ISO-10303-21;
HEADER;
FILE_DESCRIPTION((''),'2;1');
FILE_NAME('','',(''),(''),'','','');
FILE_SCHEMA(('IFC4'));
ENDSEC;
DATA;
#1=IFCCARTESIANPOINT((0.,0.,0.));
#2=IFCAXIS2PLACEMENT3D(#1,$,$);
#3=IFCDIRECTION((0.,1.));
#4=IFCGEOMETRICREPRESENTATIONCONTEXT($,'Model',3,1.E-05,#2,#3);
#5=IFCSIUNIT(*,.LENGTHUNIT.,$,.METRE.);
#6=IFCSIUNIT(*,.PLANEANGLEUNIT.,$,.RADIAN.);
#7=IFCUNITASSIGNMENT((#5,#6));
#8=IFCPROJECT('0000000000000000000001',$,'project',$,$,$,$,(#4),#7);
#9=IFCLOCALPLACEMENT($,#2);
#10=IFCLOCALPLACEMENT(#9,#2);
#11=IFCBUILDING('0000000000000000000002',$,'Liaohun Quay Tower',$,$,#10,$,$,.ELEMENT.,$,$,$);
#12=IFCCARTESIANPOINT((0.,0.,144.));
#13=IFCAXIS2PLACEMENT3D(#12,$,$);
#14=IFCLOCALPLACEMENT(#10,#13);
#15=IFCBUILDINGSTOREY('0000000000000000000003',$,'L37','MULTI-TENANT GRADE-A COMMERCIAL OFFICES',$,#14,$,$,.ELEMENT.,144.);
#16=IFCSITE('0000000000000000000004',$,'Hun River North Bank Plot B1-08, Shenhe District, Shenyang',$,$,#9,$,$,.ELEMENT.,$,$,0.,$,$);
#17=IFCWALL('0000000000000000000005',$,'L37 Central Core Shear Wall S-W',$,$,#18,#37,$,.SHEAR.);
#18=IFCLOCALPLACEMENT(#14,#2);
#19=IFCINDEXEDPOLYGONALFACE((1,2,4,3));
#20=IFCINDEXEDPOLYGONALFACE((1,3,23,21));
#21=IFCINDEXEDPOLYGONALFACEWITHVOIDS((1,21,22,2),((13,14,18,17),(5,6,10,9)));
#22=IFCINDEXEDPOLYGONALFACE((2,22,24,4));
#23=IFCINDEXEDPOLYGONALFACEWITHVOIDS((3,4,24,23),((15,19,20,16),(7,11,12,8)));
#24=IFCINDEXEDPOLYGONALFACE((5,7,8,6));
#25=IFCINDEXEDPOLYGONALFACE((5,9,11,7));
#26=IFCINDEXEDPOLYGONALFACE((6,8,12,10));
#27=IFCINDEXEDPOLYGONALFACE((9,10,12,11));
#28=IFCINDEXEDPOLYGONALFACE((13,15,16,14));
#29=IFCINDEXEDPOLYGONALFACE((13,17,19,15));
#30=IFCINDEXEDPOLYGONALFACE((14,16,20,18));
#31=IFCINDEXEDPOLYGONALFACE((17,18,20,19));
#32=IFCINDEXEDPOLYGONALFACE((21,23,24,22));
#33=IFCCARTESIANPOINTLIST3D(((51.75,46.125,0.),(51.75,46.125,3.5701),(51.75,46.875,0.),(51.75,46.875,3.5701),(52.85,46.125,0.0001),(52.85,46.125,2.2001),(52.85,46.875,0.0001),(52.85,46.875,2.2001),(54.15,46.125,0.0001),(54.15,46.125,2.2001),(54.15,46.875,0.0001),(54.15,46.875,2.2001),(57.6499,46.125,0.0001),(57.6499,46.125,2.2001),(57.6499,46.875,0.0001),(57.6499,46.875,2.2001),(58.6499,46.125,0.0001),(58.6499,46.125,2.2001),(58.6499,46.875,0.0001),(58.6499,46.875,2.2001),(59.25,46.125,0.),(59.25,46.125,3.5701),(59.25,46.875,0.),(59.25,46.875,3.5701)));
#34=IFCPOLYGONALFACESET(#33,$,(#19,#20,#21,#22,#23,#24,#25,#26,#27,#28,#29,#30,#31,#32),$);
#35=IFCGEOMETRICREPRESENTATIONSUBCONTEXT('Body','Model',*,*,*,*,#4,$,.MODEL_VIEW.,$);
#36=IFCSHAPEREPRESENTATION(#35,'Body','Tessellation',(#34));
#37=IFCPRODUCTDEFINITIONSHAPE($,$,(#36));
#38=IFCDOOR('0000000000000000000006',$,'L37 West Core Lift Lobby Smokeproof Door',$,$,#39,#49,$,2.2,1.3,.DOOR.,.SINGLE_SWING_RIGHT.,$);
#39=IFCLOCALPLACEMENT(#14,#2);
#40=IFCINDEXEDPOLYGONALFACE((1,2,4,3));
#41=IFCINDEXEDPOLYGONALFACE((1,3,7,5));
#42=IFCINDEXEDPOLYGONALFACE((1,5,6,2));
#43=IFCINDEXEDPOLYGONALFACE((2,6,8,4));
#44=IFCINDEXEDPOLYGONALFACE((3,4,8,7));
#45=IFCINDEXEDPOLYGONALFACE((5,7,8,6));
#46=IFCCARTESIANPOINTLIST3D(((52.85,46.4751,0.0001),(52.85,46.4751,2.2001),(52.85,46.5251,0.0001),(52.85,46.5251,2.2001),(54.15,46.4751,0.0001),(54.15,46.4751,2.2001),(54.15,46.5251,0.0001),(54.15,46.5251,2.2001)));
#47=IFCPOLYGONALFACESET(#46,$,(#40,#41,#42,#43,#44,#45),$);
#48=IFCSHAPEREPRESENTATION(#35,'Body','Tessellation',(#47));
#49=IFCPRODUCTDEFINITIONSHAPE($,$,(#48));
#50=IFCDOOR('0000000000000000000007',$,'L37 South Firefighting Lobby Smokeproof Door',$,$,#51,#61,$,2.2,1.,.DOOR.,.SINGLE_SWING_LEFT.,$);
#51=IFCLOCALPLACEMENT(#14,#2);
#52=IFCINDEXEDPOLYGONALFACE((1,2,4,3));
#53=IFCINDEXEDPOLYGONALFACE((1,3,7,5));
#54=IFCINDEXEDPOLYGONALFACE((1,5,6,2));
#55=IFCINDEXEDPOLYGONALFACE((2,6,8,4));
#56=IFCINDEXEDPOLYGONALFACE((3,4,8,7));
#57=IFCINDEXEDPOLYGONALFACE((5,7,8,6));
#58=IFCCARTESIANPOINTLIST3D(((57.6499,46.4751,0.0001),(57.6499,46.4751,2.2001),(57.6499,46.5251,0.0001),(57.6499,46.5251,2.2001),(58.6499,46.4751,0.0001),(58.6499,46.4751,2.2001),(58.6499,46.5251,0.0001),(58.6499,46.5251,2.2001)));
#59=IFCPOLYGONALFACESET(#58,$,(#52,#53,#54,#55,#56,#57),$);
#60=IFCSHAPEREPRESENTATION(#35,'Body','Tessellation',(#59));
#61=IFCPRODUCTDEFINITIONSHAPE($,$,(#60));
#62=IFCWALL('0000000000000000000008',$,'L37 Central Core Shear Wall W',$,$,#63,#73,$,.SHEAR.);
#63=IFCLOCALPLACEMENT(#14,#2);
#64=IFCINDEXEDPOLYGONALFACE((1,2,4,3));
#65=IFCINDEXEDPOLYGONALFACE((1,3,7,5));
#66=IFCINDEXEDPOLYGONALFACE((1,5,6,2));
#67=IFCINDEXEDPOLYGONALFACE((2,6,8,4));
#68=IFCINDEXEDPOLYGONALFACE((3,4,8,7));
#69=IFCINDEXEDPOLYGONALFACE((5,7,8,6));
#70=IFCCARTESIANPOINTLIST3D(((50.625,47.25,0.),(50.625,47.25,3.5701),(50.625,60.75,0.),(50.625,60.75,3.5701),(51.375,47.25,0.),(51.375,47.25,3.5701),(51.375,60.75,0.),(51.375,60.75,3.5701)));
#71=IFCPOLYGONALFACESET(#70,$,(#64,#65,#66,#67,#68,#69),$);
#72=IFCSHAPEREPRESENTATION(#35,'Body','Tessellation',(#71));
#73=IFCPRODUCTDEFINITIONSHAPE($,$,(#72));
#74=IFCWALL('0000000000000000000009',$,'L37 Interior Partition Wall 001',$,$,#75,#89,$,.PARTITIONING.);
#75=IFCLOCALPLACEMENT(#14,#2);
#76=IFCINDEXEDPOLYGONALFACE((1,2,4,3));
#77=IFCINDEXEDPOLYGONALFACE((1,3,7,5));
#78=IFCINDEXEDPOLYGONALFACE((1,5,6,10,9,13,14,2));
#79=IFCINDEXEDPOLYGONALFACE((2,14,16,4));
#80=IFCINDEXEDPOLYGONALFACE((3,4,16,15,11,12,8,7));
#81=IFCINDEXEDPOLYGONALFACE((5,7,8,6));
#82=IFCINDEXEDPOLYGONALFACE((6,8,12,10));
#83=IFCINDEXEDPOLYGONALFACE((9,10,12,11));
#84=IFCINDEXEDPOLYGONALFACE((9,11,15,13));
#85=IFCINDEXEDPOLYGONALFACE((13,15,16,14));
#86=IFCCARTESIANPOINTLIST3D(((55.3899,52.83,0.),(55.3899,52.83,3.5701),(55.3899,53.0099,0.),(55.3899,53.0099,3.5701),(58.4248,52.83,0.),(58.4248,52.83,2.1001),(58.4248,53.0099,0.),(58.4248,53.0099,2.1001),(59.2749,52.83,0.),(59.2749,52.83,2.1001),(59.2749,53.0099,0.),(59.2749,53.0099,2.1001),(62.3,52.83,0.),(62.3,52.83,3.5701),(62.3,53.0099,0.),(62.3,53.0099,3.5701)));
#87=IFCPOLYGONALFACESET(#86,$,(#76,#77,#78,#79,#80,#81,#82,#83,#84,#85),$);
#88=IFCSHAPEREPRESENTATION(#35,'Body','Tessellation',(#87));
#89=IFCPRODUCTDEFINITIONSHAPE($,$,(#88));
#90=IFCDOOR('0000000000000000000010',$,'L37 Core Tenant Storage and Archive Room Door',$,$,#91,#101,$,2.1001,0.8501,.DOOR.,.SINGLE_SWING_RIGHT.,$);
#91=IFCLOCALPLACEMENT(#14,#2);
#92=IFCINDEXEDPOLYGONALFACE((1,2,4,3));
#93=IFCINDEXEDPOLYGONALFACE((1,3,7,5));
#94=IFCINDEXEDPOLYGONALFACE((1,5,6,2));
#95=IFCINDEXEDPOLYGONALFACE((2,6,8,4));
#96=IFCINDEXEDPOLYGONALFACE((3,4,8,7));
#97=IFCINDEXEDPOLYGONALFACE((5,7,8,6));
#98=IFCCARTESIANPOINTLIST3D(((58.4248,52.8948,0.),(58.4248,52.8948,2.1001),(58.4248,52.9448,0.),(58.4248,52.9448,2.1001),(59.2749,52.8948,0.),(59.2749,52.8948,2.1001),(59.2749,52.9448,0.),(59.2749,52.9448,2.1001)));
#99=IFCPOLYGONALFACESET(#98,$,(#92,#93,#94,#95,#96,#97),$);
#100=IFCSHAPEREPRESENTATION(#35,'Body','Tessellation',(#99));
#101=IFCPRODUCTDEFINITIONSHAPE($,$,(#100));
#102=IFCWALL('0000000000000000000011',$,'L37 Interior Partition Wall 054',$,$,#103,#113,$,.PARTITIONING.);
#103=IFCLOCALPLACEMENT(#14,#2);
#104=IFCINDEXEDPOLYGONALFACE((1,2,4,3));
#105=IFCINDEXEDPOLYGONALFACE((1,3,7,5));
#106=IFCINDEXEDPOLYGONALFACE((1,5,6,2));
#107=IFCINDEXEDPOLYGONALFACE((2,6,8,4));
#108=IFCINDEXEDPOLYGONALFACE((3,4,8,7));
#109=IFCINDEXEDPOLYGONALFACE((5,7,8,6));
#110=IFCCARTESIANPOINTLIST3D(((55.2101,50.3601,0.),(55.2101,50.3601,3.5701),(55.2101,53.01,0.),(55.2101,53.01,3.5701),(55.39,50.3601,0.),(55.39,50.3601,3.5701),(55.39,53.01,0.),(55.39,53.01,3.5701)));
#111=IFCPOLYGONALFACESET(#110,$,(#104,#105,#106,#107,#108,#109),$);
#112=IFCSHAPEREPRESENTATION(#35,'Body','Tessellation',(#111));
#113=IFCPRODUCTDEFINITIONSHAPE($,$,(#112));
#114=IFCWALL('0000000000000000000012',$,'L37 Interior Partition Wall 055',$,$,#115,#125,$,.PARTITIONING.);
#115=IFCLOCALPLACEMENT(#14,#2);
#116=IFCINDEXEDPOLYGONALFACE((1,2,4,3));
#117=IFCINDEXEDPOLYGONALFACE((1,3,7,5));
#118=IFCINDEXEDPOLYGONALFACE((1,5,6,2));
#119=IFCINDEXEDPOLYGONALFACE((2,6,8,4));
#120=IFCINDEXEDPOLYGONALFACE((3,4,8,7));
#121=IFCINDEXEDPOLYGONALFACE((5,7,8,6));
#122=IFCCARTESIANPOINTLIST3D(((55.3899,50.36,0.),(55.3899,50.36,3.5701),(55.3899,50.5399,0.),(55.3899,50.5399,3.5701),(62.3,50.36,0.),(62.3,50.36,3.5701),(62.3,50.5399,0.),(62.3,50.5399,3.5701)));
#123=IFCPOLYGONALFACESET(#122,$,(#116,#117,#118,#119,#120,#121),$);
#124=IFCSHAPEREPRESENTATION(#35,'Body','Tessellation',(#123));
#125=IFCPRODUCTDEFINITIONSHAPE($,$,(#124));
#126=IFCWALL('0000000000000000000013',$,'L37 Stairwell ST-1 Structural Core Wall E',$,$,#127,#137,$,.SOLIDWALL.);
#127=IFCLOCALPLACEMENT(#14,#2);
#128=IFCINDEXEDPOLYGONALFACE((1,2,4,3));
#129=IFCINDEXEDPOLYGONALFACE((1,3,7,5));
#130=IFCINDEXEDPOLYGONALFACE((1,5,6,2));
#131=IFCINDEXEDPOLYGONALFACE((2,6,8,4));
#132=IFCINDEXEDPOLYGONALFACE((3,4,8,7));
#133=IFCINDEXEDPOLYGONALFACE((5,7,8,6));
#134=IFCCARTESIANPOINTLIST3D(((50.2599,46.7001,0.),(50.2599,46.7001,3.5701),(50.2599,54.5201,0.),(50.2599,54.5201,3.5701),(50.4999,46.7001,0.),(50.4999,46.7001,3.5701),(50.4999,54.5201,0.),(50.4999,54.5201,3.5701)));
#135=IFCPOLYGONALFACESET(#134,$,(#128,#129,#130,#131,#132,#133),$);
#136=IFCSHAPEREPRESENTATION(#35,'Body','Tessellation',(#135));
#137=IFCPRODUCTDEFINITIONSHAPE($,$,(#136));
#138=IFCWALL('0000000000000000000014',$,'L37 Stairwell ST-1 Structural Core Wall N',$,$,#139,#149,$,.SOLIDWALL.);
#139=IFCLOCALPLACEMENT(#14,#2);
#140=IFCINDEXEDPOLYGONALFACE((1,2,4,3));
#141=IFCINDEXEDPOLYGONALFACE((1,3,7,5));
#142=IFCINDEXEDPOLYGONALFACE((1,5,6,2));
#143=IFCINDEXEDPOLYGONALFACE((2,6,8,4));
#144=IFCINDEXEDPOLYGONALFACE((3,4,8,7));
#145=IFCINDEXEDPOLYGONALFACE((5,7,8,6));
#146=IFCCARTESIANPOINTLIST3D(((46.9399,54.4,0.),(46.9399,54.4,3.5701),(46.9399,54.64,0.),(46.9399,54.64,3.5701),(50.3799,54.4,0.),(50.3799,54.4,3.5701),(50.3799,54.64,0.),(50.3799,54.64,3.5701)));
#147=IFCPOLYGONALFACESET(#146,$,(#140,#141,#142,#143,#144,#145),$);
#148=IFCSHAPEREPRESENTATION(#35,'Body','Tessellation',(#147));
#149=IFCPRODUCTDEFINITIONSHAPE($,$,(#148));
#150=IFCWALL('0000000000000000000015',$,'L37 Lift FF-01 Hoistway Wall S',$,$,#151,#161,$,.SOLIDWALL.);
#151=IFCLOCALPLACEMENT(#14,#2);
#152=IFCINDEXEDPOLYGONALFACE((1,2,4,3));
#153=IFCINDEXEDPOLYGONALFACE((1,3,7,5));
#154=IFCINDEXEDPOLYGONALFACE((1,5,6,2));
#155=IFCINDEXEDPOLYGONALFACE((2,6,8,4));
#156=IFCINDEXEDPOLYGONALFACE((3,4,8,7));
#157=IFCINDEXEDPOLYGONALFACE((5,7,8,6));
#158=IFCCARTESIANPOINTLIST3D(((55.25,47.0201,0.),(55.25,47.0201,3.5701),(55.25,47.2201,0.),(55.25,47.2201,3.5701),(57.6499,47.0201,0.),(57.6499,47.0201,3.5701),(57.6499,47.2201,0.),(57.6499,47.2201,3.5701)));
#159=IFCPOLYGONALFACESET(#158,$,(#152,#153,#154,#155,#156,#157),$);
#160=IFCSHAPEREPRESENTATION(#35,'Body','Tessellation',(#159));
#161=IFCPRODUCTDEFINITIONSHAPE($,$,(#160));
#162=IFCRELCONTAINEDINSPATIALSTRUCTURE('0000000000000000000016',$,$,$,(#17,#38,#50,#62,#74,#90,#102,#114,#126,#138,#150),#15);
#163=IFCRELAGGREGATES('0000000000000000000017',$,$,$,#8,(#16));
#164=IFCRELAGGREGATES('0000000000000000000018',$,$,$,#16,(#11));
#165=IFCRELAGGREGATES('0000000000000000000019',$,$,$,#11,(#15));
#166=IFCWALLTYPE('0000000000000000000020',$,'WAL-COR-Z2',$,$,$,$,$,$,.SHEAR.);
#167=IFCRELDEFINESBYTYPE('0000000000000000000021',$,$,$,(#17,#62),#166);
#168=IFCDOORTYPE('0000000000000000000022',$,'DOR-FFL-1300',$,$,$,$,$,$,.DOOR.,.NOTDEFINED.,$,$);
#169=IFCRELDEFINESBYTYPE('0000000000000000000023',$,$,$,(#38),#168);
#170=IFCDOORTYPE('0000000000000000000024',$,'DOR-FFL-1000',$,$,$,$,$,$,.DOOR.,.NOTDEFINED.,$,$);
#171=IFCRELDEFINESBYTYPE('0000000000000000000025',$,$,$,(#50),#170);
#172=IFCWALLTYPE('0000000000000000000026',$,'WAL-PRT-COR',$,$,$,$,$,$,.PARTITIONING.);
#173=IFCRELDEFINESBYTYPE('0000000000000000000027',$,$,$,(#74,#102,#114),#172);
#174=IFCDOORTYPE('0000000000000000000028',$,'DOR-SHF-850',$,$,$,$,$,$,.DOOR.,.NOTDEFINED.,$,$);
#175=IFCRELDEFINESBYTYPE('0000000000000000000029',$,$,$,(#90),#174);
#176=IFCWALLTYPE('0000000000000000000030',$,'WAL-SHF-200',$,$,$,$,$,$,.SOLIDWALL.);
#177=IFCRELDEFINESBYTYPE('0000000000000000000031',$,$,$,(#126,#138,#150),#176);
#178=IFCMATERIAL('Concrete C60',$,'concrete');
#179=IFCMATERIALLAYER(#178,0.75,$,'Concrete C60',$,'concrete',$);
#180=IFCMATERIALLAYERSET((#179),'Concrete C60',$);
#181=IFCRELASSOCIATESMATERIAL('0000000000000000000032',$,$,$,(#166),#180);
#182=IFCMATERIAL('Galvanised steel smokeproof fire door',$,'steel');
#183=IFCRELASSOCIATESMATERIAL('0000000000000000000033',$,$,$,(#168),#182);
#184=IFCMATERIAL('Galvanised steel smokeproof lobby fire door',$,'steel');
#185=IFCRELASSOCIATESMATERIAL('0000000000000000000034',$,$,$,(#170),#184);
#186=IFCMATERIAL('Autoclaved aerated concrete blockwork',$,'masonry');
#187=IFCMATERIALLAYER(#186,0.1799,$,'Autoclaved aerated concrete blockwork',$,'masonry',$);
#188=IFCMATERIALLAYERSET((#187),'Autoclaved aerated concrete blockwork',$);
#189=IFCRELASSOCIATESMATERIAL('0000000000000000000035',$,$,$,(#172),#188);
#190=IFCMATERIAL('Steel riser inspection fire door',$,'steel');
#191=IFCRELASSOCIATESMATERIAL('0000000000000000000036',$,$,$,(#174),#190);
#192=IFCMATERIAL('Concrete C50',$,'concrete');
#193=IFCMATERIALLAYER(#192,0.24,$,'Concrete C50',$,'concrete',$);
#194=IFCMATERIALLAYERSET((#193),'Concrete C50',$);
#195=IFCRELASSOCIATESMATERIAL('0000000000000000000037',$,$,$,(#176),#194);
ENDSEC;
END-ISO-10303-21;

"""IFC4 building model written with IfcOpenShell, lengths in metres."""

from ifc_helpers import new_model, si_unit, direction, frame, frame_2d, origin, place, context, subcontext, project, spatial, rectangle, extrude, source, transform, mapped, material, layer, layer_set, type_object, element, fill, save


model = new_model("IFC4")

# Units and contexts
model_context = context("Model", 3, precision=1e-05, world=origin(), true_north=direction((0.0, 1.0)))
body_context = subcontext(model_context, "Body", "Model", "MODEL_VIEW")
ifc_project = project(units=[si_unit("LENGTHUNIT", "METRE"), si_unit("PLANEANGLEUNIT", "RADIAN")], contexts=[model_context])

# Site, building, storey
site_placement = place(None, origin())
site = spatial("IfcSite", under=ifc_project, at=site_placement, Name="Hun River North Bank Plot B1-08, Shenhe District, Shenyang", CompositionType="ELEMENT", RefElevation=0.0)
building_placement = place(site_placement, origin())
building = spatial("IfcBuilding", under=site, at=building_placement, Name="Liaohun Quay Tower", CompositionType="ELEMENT")
storey_placement = place(building_placement, frame((0.0, 0.0, 144.0)))
storey = spatial("IfcBuildingStorey", under=building, at=storey_placement, Name="L37", Description="MULTI-TENANT GRADE-A COMMERCIAL OFFICES", CompositionType="ELEMENT", Elevation=144.0)

# Wall, openings, doors
ifc_material_1 = material(Name="Concrete C60", Category="concrete")
ifc_layer_1 = layer(ifc_material_1, 0.75, Name="Concrete C60", Category="concrete")
ifc_layer_set_1 = layer_set([ifc_layer_1], Name="Concrete C60")
wall_type_1 = type_object("IfcWallType", Name="WAL-COR-Z2", PredefinedType="SHEAR", material=ifc_layer_set_1)
wall_1_placement = place(storey_placement, frame((59.25, 46.5, 0.0), z_axis=(0.0, 0.0, 1.0), x_axis=(-1.0, 0.0, 0.0)))
wall_1 = element("IfcWall", 1, at=wall_1_placement, inside=storey, type_object=wall_type_1, Name="L37 Central Core Shear Wall S-W", PredefinedType="SHEAR", context=body_context, shape_type="SweptSolid", body=[
    extrude(rectangle(XDim=7.5, YDim=0.75, at=frame_2d((3.75, 0.0))), origin(), (0.0, 0.0, 1.0), 3.5701),
])
shared_shape_1 = source(origin(), body_context, "Body", "SweptSolid", [
    extrude(rectangle(XDim=1.3, YDim=2.2, at=frame_2d((0.6499, 1.1001))), frame((0.0, 0.385, 0.0), z_axis=(0.0, -1.0, 0.0), x_axis=(1.0, 0.0, 0.0)), (0.0, 0.0, 1.0), 0.77),
])
opening_1_placement = place(wall_1_placement, frame((5.1001, 0.0, 0.0)))
opening_1 = element("IfcOpeningElement", 2, at=opening_1_placement, cuts=wall_1, PredefinedType="OPENING", context=body_context, shape_type="MappedRepresentation", body=[
    mapped(shared_shape_1, transform((0.0, 0.0, 0.0), x_axis=(1.0, 0.0, 0.0), y_axis=(0.0, 1.0, 0.0), z_axis=(0.0, 0.0, 1.0), scale=1.0)),
])
shared_shape_2 = source(origin(), body_context, "Body", "SweptSolid", [
    extrude(rectangle(XDim=1.0, YDim=2.2, at=frame_2d((0.5, 1.1001))), frame((0.0, 0.385, 0.0), z_axis=(0.0, -1.0, 0.0), x_axis=(1.0, 0.0, 0.0)), (0.0, 0.0, 1.0), 0.77),
])
opening_2_placement = place(wall_1_placement, frame((0.6001, 0.0, 0.0)))
opening_2 = element("IfcOpeningElement", 3, at=opening_2_placement, cuts=wall_1, PredefinedType="OPENING", context=body_context, shape_type="MappedRepresentation", body=[
    mapped(shared_shape_2, transform((0.0, 0.0, 0.0), x_axis=(1.0, 0.0, 0.0), y_axis=(0.0, 1.0, 0.0), z_axis=(0.0, 0.0, 1.0), scale=1.0)),
])
ifc_material_2 = material(Name="Galvanised steel smokeproof fire door", Category="steel")
door_type_1 = type_object("IfcDoorType", Name="DOR-FFL-1300", OperationType="NOTDEFINED", PredefinedType="DOOR", material=ifc_material_2)
shared_shape_3 = source(origin(), body_context, "Body", "SweptSolid", [
    extrude(rectangle(XDim=1.3, YDim=2.2, at=frame_2d((0.6499, 1.1001))), frame((0.0, 0.0249, 0.0), z_axis=(0.0, -1.0, 0.0), x_axis=(1.0, 0.0, 0.0)), (0.0, 0.0, 1.0), 0.05),
])
door_1_placement = place(opening_1_placement, origin())
door_1 = element("IfcDoor", 4, at=door_1_placement, inside=storey, type_object=door_type_1, Name="L37 West Core Lift Lobby Smokeproof Door", OperationType="SINGLE_SWING_RIGHT", OverallHeight=2.2, OverallWidth=1.3, PredefinedType="DOOR", context=body_context, shape_type="MappedRepresentation", body=[
    mapped(shared_shape_3, transform((0.0, 0.0, 0.0), x_axis=(1.0, 0.0, 0.0), y_axis=(0.0, 1.0, 0.0), z_axis=(0.0, 0.0, 1.0), scale=1.0)),
])
fill(opening_1, door_1)
ifc_material_3 = material(Name="Galvanised steel smokeproof lobby fire door", Category="steel")
door_type_2 = type_object("IfcDoorType", Name="DOR-FFL-1000", OperationType="NOTDEFINED", PredefinedType="DOOR", material=ifc_material_3)
shared_shape_4 = source(origin(), body_context, "Body", "SweptSolid", [
    extrude(rectangle(XDim=1.0, YDim=2.2, at=frame_2d((0.5, 1.1001))), frame((0.0, 0.0249, 0.0), z_axis=(0.0, -1.0, 0.0), x_axis=(1.0, 0.0, 0.0)), (0.0, 0.0, 1.0), 0.05),
])
door_2_placement = place(opening_2_placement, origin())
door_2 = element("IfcDoor", 5, at=door_2_placement, inside=storey, type_object=door_type_2, Name="L37 South Firefighting Lobby Smokeproof Door", OperationType="SINGLE_SWING_LEFT", OverallHeight=2.2, OverallWidth=1.0, PredefinedType="DOOR", context=body_context, shape_type="MappedRepresentation", body=[
    mapped(shared_shape_4, transform((0.0, 0.0, 0.0), x_axis=(1.0, 0.0, 0.0), y_axis=(0.0, 1.0, 0.0), z_axis=(0.0, 0.0, 1.0), scale=1.0)),
])
fill(opening_2, door_2)

# Wall
wall_2_placement = place(storey_placement, frame((51.0, 47.25, 0.0), z_axis=(0.0, 0.0, 1.0), x_axis=(0.0, 1.0, 0.0)))
element("IfcWall", 6, at=wall_2_placement, inside=storey, type_object=wall_type_1, Name="L37 Central Core Shear Wall W", PredefinedType="SHEAR", context=body_context, shape_type="SweptSolid", body=[
    extrude(rectangle(XDim=13.5, YDim=0.75, at=frame_2d((6.75, 0.0))), origin(), (0.0, 0.0, 1.0), 3.5701),
])

# Wall, opening, door
ifc_material_4 = material(Name="Autoclaved aerated concrete blockwork", Category="masonry")
ifc_layer_2 = layer(ifc_material_4, 0.1799, Name="Autoclaved aerated concrete blockwork", Category="masonry")
ifc_layer_set_2 = layer_set([ifc_layer_2], Name="Autoclaved aerated concrete blockwork")
wall_type_2 = type_object("IfcWallType", Name="WAL-PRT-COR", PredefinedType="PARTITIONING", material=ifc_layer_set_2)
wall_3_placement = place(storey_placement, frame((55.3899, 52.9199, 0.0), z_axis=(0.0, 0.0, 1.0), x_axis=(1.0, 0.0, 0.0)))
wall_3 = element("IfcWall", 7, at=wall_3_placement, inside=storey, type_object=wall_type_2, Name="L37 Interior Partition Wall 001", PredefinedType="PARTITIONING", context=body_context, shape_type="SweptSolid", body=[
    extrude(rectangle(XDim=6.9102, YDim=0.1799, at=frame_2d((3.4551, 0.0))), origin(), (0.0, 0.0, 1.0), 3.5701),
])
shared_shape_5 = source(origin(), body_context, "Body", "SweptSolid", [
    extrude(rectangle(XDim=0.8501, YDim=2.1001, at=frame_2d((0.425, 1.05))), frame((0.0, 0.0999, 0.0), z_axis=(0.0, -1.0, 0.0), x_axis=(1.0, 0.0, 0.0)), (0.0, 0.0, 1.0), 0.2),
])
opening_3_placement = place(wall_3_placement, frame((3.0349, 0.0, 0.0)))
opening_3 = element("IfcOpeningElement", 8, at=opening_3_placement, cuts=wall_3, PredefinedType="OPENING", context=body_context, shape_type="MappedRepresentation", body=[
    mapped(shared_shape_5, transform((0.0, 0.0, 0.0), x_axis=(1.0, 0.0, 0.0), y_axis=(0.0, 1.0, 0.0), z_axis=(0.0, 0.0, 1.0), scale=1.0)),
])
ifc_material_5 = material(Name="Steel riser inspection fire door", Category="steel")
door_type_3 = type_object("IfcDoorType", Name="DOR-SHF-850", OperationType="NOTDEFINED", PredefinedType="DOOR", material=ifc_material_5)
shared_shape_6 = source(origin(), body_context, "Body", "SweptSolid", [
    extrude(rectangle(XDim=0.8501, YDim=2.1001, at=frame_2d((0.425, 1.05))), frame((0.0, 0.0249, 0.0), z_axis=(0.0, -1.0, 0.0), x_axis=(1.0, 0.0, 0.0)), (0.0, 0.0, 1.0), 0.05),
])
door_3_placement = place(opening_3_placement, origin())
door_3 = element("IfcDoor", 9, at=door_3_placement, inside=storey, type_object=door_type_3, Name="L37 Core Tenant Storage and Archive Room Door", OperationType="SINGLE_SWING_RIGHT", OverallHeight=2.1001, OverallWidth=0.8501, PredefinedType="DOOR", context=body_context, shape_type="MappedRepresentation", body=[
    mapped(shared_shape_6, transform((0.0, 0.0, 0.0), x_axis=(1.0, 0.0, 0.0), y_axis=(0.0, 1.0, 0.0), z_axis=(0.0, 0.0, 1.0), scale=1.0)),
])
fill(opening_3, door_3)

# Walls
wall_4_placement = place(storey_placement, frame((55.3, 50.3601, 0.0), z_axis=(0.0, 0.0, 1.0), x_axis=(0.0, 1.0, 0.0)))
element("IfcWall", 10, at=wall_4_placement, inside=storey, type_object=wall_type_2, Name="L37 Interior Partition Wall 054", PredefinedType="PARTITIONING", context=body_context, shape_type="SweptSolid", body=[
    extrude(rectangle(XDim=2.6499, YDim=0.1799, at=frame_2d((1.325, 0.0))), origin(), (0.0, 0.0, 1.0), 3.5701),
])
wall_5_placement = place(storey_placement, frame((55.3899, 50.45, 0.0), z_axis=(0.0, 0.0, 1.0), x_axis=(1.0, 0.0, 0.0)))
element("IfcWall", 11, at=wall_5_placement, inside=storey, type_object=wall_type_2, Name="L37 Interior Partition Wall 055", PredefinedType="PARTITIONING", context=body_context, shape_type="SweptSolid", body=[
    extrude(rectangle(XDim=6.9102, YDim=0.1799, at=frame_2d((3.4551, 0.0))), origin(), (0.0, 0.0, 1.0), 3.5701),
])
ifc_material_6 = material(Name="Concrete C50", Category="concrete")
ifc_layer_3 = layer(ifc_material_6, 0.24, Name="Concrete C50", Category="concrete")
ifc_layer_set_3 = layer_set([ifc_layer_3], Name="Concrete C50")
wall_type_3 = type_object("IfcWallType", Name="WAL-SHF-200", PredefinedType="SOLIDWALL", material=ifc_layer_set_3)
wall_6_placement = place(storey_placement, frame((50.3799, 46.7, 0.0), z_axis=(0.0, 0.0, 1.0), x_axis=(0.0, 1.0, 0.0)))
element("IfcWall", 12, at=wall_6_placement, inside=storey, type_object=wall_type_3, Name="L37 Stairwell ST-1 Structural Core Wall E", PredefinedType="SOLIDWALL", context=body_context, shape_type="SweptSolid", body=[
    extrude(rectangle(XDim=7.8201, YDim=0.24, at=frame_2d((3.9102, 0.0))), origin(), (0.0, 0.0, 1.0), 3.5701),
])
wall_7_placement = place(storey_placement, frame((50.3799, 54.52, 0.0), z_axis=(0.0, 0.0, 1.0), x_axis=(-1.0, 0.0, 0.0)))
element("IfcWall", 13, at=wall_7_placement, inside=storey, type_object=wall_type_3, Name="L37 Stairwell ST-1 Structural Core Wall N", PredefinedType="SOLIDWALL", context=body_context, shape_type="SweptSolid", body=[
    extrude(rectangle(XDim=3.4399, YDim=0.24, at=frame_2d((1.72, 0.0))), origin(), (0.0, 0.0, 1.0), 3.5701),
])
wall_8_placement = place(storey_placement, frame((55.25, 47.1201, 0.0), z_axis=(0.0, 0.0, 1.0), x_axis=(1.0, 0.0, 0.0)))
element("IfcWall", 14, at=wall_8_placement, inside=storey, type_object=wall_type_3, Name="L37 Lift FF-01 Hoistway Wall S", PredefinedType="SOLIDWALL", context=body_context, shape_type="SweptSolid", body=[
    extrude(rectangle(XDim=2.3999, YDim=0.2, at=frame_2d((1.2, 0.0))), origin(), (0.0, 0.0, 1.0), 3.5701),
])

save(model, "model.ifc")
